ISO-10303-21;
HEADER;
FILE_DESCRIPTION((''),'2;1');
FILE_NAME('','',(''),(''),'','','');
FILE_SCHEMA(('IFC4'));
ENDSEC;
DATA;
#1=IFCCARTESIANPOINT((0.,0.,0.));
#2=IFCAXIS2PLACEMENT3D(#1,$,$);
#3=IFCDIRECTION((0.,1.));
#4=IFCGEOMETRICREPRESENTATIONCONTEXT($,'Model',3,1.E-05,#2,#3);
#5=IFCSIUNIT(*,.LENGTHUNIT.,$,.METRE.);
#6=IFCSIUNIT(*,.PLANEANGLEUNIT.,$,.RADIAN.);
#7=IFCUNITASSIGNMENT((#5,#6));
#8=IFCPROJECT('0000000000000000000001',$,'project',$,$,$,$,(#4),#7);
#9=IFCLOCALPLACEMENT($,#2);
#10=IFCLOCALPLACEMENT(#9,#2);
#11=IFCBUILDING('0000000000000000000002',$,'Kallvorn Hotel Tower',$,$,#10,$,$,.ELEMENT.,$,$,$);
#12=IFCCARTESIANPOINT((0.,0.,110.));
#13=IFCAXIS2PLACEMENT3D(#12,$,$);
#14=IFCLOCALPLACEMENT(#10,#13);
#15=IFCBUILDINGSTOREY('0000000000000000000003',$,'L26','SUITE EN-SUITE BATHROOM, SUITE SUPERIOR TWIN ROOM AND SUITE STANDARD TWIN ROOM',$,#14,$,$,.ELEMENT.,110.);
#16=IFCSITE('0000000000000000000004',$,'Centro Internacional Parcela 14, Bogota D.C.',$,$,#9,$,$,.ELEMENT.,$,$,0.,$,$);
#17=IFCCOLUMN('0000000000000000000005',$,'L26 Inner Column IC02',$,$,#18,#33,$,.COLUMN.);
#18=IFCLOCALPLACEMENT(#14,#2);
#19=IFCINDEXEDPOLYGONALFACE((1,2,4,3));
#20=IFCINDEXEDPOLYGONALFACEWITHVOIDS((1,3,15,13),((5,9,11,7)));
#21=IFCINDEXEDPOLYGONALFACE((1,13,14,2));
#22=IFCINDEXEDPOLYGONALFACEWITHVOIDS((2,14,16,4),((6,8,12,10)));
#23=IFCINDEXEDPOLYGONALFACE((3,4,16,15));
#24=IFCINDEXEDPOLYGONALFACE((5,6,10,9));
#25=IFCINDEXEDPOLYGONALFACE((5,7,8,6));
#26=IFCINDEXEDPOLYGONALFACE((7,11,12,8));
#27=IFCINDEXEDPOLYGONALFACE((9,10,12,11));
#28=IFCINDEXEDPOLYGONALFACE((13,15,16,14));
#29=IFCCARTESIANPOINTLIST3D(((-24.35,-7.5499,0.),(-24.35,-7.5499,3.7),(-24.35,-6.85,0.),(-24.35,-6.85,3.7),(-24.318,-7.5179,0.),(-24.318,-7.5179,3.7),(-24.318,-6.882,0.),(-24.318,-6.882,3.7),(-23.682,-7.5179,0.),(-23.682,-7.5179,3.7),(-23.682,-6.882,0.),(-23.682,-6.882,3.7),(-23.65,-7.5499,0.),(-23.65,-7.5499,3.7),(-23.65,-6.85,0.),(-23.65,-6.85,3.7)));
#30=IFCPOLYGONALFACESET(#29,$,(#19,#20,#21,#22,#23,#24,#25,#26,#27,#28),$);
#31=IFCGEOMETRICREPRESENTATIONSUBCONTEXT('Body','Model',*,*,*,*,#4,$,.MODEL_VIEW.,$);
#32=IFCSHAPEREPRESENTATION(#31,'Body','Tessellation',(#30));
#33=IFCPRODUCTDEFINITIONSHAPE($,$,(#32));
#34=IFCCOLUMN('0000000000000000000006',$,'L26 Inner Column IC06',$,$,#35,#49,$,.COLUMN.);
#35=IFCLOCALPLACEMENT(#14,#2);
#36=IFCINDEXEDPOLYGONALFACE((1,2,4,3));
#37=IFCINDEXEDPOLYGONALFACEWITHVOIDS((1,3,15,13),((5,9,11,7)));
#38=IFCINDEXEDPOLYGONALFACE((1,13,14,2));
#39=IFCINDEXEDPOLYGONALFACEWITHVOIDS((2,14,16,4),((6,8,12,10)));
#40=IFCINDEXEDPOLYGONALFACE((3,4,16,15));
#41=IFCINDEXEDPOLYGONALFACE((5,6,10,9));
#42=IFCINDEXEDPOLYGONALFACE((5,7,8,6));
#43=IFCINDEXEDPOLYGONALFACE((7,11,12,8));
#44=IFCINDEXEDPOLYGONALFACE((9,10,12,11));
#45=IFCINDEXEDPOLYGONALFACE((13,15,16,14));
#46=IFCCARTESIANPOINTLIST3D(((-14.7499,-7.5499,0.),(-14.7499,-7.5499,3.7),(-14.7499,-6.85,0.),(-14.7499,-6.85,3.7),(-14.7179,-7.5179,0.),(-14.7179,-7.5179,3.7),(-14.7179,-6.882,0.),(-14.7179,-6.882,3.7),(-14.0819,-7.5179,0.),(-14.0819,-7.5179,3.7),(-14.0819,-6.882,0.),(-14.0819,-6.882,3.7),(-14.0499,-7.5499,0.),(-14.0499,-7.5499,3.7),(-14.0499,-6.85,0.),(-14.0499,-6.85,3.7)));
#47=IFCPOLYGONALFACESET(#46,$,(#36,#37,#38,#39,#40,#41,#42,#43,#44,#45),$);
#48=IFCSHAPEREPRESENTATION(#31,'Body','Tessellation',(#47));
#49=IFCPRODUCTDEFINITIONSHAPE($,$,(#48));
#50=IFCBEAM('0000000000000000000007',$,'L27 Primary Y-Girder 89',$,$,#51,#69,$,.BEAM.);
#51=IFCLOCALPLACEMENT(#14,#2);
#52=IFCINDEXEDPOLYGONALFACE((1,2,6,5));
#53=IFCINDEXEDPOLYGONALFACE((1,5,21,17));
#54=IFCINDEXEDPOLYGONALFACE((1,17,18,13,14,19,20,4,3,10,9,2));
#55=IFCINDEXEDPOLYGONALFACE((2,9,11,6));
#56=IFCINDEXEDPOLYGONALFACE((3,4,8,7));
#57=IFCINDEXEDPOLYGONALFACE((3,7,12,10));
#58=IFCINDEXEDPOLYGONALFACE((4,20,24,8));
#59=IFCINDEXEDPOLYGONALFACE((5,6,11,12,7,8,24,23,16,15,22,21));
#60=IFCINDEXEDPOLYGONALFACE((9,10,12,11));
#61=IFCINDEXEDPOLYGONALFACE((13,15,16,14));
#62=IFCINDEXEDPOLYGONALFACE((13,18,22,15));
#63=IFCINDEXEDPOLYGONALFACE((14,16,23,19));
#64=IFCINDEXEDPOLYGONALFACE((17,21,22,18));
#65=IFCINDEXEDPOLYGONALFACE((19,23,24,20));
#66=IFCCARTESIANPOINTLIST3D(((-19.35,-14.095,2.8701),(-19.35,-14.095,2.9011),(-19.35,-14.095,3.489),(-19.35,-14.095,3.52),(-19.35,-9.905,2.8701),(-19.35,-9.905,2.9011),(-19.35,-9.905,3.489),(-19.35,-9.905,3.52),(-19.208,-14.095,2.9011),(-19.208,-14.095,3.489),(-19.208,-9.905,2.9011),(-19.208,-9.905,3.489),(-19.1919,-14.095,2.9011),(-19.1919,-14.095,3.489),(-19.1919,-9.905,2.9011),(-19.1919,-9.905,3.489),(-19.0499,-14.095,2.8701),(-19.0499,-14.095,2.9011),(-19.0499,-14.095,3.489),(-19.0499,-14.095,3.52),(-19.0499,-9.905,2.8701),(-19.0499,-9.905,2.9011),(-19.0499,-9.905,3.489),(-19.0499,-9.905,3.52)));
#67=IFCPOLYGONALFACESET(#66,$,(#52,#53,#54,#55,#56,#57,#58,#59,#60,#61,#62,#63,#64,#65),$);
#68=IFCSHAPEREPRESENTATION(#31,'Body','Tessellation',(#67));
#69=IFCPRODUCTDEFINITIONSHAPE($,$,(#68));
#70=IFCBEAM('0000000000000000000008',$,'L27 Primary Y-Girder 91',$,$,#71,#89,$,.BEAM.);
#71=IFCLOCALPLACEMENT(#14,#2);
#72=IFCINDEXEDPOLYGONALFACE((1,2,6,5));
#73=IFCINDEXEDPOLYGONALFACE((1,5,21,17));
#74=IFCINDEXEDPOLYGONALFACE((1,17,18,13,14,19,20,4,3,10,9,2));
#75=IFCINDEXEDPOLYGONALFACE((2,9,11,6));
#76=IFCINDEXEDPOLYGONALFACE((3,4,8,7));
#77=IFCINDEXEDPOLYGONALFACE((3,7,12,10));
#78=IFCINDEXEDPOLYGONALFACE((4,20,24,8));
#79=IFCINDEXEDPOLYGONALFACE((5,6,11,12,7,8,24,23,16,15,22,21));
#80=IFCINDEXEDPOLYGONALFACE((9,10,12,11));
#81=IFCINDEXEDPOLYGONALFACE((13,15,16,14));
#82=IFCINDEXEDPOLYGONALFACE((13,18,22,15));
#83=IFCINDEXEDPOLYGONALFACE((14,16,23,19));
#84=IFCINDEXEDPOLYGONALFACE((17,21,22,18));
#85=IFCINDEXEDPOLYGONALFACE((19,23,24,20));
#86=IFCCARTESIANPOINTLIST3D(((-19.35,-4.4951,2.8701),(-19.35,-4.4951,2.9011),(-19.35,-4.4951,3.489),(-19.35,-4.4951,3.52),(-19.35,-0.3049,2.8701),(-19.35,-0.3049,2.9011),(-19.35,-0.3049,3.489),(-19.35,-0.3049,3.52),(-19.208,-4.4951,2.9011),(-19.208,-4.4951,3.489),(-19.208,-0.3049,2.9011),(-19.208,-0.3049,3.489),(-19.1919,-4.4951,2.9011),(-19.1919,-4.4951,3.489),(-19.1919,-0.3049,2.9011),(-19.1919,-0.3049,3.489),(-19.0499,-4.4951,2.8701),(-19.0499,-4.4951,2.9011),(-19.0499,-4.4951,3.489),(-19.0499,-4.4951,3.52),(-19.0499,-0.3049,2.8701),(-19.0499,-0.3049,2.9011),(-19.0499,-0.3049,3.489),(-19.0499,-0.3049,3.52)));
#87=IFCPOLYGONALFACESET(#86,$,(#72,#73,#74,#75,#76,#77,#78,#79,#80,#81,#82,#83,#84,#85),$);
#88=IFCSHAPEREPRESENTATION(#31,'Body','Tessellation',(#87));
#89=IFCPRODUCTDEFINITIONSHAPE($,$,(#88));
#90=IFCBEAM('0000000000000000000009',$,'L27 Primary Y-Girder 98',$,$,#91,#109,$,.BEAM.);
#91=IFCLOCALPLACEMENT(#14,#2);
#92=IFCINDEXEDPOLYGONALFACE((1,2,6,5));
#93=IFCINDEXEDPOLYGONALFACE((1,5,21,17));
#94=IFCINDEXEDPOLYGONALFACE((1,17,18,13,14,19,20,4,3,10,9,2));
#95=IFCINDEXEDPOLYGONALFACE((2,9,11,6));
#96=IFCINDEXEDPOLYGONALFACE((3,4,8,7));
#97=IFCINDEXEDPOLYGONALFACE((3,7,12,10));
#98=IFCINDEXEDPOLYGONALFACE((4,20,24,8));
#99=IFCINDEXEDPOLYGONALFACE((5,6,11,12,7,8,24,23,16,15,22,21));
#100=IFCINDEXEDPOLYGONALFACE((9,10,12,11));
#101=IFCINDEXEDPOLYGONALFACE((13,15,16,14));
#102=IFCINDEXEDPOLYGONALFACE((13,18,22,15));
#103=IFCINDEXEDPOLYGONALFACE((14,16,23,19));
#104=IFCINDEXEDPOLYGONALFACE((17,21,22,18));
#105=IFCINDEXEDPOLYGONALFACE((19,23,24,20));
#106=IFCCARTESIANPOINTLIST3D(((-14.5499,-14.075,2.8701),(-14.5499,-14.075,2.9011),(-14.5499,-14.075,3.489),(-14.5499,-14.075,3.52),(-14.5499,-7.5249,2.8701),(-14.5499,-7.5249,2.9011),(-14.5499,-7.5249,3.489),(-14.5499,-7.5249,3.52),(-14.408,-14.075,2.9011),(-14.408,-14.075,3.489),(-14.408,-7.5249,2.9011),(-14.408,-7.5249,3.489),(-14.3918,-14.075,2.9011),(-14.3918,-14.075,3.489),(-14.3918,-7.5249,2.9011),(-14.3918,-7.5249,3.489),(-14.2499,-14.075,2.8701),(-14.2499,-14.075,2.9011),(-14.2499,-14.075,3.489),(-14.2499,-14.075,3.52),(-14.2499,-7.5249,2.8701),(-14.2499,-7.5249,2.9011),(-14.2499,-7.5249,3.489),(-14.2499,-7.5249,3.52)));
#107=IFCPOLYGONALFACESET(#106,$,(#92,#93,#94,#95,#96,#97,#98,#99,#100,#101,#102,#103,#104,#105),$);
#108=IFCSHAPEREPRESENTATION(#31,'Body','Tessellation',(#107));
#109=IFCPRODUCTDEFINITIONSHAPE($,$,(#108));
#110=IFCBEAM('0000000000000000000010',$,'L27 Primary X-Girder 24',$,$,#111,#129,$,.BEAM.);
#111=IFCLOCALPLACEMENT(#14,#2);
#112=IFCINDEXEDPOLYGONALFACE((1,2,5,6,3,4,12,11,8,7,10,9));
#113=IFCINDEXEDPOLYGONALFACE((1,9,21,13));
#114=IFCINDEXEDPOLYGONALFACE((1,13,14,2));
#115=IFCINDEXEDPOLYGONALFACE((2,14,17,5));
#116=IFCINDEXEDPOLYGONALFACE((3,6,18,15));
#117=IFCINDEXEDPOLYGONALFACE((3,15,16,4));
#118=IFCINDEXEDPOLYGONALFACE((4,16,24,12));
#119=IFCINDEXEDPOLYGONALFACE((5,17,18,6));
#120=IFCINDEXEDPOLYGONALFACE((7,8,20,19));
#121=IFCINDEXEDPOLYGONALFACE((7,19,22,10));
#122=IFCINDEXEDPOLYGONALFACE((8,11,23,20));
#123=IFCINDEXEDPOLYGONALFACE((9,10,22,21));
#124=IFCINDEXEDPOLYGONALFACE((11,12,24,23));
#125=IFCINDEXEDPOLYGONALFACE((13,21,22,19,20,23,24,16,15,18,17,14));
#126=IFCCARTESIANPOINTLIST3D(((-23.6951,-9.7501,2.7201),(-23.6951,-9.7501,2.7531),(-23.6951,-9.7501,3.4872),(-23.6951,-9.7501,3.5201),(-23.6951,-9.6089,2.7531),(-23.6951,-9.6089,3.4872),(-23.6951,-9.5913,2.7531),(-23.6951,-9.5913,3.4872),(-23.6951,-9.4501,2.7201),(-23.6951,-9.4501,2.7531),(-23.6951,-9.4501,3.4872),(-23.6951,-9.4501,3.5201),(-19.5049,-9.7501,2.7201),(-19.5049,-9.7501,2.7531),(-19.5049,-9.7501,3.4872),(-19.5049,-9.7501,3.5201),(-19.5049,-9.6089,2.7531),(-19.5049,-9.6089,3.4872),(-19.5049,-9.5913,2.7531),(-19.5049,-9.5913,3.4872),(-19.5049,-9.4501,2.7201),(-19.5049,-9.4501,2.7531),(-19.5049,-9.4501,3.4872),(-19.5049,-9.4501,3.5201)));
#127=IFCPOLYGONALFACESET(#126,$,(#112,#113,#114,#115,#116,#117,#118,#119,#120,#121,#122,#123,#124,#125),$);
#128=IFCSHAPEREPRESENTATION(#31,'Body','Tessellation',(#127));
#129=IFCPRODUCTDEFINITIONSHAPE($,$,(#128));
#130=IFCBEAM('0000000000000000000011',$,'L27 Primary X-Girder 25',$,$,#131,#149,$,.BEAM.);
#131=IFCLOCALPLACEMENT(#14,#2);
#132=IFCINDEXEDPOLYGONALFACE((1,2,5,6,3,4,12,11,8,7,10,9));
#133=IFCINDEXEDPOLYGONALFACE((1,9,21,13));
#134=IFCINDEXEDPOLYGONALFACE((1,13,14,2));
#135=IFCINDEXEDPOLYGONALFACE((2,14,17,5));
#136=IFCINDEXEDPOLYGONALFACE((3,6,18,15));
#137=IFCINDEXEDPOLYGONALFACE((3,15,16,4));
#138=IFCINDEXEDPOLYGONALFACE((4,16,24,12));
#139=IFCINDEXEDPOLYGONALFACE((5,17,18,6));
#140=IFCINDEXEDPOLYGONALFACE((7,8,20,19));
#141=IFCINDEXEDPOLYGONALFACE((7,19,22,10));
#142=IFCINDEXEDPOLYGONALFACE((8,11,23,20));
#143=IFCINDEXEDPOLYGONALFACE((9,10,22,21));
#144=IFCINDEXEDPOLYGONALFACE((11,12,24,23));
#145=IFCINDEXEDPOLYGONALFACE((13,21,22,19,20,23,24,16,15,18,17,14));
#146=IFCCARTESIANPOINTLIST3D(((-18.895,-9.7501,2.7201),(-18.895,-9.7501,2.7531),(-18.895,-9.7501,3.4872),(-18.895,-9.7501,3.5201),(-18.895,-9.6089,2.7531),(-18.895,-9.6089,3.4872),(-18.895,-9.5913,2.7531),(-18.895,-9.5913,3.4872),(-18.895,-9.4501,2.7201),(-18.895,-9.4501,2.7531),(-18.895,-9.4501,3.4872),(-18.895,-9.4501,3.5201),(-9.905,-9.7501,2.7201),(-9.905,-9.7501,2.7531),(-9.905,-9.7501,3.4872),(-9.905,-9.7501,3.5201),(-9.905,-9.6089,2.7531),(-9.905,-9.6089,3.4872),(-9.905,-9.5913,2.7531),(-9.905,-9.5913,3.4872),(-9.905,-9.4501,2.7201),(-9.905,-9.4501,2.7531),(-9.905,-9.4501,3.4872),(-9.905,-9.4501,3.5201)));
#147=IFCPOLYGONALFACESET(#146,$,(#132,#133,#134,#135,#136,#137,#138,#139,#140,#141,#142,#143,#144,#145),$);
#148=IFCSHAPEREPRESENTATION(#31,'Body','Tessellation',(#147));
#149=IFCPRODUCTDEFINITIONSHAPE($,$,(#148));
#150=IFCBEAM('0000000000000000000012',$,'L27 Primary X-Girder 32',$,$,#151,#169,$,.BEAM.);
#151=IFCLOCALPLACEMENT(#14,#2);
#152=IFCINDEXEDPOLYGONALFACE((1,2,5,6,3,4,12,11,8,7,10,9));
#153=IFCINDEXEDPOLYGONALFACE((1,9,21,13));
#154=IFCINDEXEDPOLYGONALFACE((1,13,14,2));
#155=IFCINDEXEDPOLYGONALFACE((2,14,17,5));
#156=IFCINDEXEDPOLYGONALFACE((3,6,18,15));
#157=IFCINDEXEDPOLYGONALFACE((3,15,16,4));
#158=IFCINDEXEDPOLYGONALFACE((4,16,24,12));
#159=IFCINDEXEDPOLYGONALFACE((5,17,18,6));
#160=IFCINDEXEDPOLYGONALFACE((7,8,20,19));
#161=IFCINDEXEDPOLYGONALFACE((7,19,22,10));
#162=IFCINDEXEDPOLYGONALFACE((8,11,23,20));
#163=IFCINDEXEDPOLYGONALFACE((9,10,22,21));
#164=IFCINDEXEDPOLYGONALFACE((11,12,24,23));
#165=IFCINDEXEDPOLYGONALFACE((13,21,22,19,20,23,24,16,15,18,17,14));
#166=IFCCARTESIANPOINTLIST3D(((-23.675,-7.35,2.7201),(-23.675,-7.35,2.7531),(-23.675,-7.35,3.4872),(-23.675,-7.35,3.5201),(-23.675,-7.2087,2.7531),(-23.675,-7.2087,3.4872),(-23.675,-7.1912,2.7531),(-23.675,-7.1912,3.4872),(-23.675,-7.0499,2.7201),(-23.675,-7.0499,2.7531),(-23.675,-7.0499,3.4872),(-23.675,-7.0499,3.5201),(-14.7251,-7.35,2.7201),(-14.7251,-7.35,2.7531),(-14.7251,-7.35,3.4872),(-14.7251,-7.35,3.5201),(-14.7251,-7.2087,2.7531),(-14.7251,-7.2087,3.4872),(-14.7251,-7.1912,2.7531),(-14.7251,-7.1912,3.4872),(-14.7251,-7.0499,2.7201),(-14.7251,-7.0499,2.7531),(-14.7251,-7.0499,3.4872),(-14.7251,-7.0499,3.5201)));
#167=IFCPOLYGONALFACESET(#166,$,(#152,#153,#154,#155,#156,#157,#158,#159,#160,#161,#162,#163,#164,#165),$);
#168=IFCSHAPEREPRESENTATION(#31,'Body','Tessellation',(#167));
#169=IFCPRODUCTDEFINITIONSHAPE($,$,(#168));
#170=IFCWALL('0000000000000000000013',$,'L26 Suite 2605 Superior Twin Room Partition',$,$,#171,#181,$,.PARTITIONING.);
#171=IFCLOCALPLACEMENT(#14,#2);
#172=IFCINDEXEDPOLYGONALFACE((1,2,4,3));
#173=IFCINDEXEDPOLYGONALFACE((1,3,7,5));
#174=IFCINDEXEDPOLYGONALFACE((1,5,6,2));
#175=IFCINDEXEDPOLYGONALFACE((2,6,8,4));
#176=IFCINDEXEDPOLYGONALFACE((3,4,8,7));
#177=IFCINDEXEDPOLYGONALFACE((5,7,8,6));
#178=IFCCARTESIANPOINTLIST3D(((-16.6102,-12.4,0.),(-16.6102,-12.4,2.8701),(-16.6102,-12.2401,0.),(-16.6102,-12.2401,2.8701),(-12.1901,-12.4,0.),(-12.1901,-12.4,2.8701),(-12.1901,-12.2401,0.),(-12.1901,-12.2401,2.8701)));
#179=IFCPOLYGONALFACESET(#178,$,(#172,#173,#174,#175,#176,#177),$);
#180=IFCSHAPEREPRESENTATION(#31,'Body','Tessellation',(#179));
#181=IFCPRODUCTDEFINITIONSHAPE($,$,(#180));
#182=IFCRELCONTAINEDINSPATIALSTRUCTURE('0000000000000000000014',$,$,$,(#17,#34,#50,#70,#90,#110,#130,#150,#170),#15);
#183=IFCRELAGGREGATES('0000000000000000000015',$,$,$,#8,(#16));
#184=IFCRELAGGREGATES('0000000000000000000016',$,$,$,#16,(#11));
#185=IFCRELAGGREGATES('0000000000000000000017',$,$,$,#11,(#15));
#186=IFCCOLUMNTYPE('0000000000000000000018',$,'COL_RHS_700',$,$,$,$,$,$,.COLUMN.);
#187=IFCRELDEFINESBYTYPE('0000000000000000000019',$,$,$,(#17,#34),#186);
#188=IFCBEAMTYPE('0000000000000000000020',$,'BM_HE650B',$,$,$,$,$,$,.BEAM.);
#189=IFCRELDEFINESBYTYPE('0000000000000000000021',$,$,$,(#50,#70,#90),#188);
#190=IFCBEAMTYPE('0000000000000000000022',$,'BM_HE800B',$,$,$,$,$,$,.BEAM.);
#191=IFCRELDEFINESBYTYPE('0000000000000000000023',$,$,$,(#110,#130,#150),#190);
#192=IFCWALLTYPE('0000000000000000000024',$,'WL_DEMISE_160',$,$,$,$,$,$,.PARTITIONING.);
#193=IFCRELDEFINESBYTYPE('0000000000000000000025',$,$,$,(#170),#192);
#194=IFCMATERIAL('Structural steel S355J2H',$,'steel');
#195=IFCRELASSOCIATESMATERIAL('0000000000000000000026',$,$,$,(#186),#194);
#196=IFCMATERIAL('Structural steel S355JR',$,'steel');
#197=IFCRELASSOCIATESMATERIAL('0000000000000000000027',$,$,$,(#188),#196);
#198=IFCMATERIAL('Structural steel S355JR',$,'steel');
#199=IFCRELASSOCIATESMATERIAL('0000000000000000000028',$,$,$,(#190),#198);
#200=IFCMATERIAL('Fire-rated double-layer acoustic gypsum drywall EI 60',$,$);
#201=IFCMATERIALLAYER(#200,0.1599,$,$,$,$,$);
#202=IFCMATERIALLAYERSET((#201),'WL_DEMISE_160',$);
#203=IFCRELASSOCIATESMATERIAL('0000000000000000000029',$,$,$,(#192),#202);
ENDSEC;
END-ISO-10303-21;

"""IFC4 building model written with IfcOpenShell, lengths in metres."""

from ifc_helpers import new_model, si_unit, direction, frame, frame_2d, origin, origin_2d, place, context, subcontext, project, spatial, rectangle, hollow_rectangle, i_section, extrude, material, layer, layer_set, material_profile, profile_set, type_object, element, save


model = new_model("IFC4")

# Units and contexts
model_context = context("Model", 3, precision=1e-05, world=origin(), true_north=direction((0.0, 1.0)))
body_context = subcontext(model_context, "Body", "Model", "MODEL_VIEW")
ifc_project = project(units=[si_unit("LENGTHUNIT", "METRE"), si_unit("PLANEANGLEUNIT", "RADIAN")], contexts=[model_context])

# Site, building, storey
site_placement = place(None, origin())
site = spatial("IfcSite", under=ifc_project, at=site_placement, Name="Centro Internacional Parcela 14, Bogota D.C.", CompositionType="ELEMENT", RefElevation=0.0)
building_placement = place(site_placement, origin())
building = spatial("IfcBuilding", under=site, at=building_placement, Name="Kallvorn Hotel Tower", CompositionType="ELEMENT")
storey_placement = place(building_placement, frame((0.0, 0.0, 110.0)))
storey = spatial("IfcBuildingStorey", under=building, at=storey_placement, Name="L26", Description="SUITE EN-SUITE BATHROOM, SUITE SUPERIOR TWIN ROOM AND SUITE STANDARD TWIN ROOM", CompositionType="ELEMENT", Elevation=110.0)

# Columns
ifc_material_1 = material(Name="Structural steel S355J2H", Category="steel")
ifc_material_profile_1 = material_profile(ifc_material_1, hollow_rectangle(XDim=0.7, YDim=0.7, WallThickness=0.032, at=origin_2d()), Name="RHS 700x700x32")
ifc_profile_set_1 = profile_set([ifc_material_profile_1], Name="Structural steel S355J2H")
column_type_1 = type_object("IfcColumnType", Name="COL_RHS_700", PredefinedType="COLUMN", material=ifc_profile_set_1)
for number, where, z_axis, x_axis, name in (
    (1, (-24.0, -7.2, 0.0), (0.0, 0.0, 1.0), (1.0, 0.0, 0.0), "L26 Inner Column IC02"),
    (2, (-14.3999, -7.2, 0.0), (0.0, 0.0, 1.0), (1.0, 0.0, 0.0), "L26 Inner Column IC06"),
):
    element("IfcColumn", number, at=place(storey_placement, frame(where, z_axis=z_axis, x_axis=x_axis)), inside=storey, type_object=column_type_1, Name=name, PredefinedType="COLUMN", context=body_context, shape_type="SweptSolid", body=[
        extrude(hollow_rectangle(XDim=0.7, YDim=0.7, WallThickness=0.032, at=origin_2d()), origin(), (0.0, 0.0, 1.0), 3.7),
    ])

# Beams
ifc_material_2 = material(Name="Structural steel S355JR", Category="steel")
ifc_material_profile_2 = material_profile(ifc_material_2, i_section(OverallWidth=0.3, OverallDepth=0.6499, WebThickness=0.0161, FlangeThickness=0.031, at=origin_2d()), Name="HE 650 B")
ifc_profile_set_2 = profile_set([ifc_material_profile_2], Name="Structural steel S355JR")
beam_type_1 = type_object("IfcBeamType", Name="BM_HE650B", PredefinedType="BEAM", material=ifc_profile_set_2)
beam_1_placement = place(storey_placement, frame((-19.2, -14.095, 3.1951), z_axis=(0.0, 1.0, 0.0), x_axis=(-1.0, 0.0, 0.0)))
element("IfcBeam", 3, at=beam_1_placement, inside=storey, type_object=beam_type_1, Name="L27 Primary Y-Girder 89", PredefinedType="BEAM", context=body_context, shape_type="SweptSolid", body=[
    extrude(i_section(OverallWidth=0.3, OverallDepth=0.6499, WebThickness=0.0161, FlangeThickness=0.031, at=origin_2d()), origin(), (0.0, 0.0, 1.0), 4.1899),
])
beam_2_placement = place(storey_placement, frame((-19.2, -4.4951, 3.1951), z_axis=(0.0, 1.0, 0.0), x_axis=(-1.0, 0.0, 0.0)))
element("IfcBeam", 4, at=beam_2_placement, inside=storey, type_object=beam_type_1, Name="L27 Primary Y-Girder 91", PredefinedType="BEAM", context=body_context, shape_type="SweptSolid", body=[
    extrude(i_section(OverallWidth=0.3, OverallDepth=0.6499, WebThickness=0.0161, FlangeThickness=0.031, at=origin_2d()), origin(), (0.0, 0.0, 1.0), 4.1902),
])
beam_3_placement = place(storey_placement, frame((-14.3999, -14.075, 3.1951), z_axis=(0.0, 1.0, 0.0), x_axis=(-1.0, 0.0, 0.0)))
element("IfcBeam", 5, at=beam_3_placement, inside=storey, type_object=beam_type_1, Name="L27 Primary Y-Girder 98", PredefinedType="BEAM", context=body_context, shape_type="SweptSolid", body=[
    extrude(i_section(OverallWidth=0.3, OverallDepth=0.6499, WebThickness=0.0161, FlangeThickness=0.031, at=origin_2d()), origin(), (0.0, 0.0, 1.0), 6.55),
])
ifc_material_3 = material(Name="Structural steel S355JR", Category="steel")
ifc_material_profile_3 = material_profile(ifc_material_3, i_section(OverallWidth=0.3, OverallDepth=0.8, WebThickness=0.0176, FlangeThickness=0.033, at=origin_2d()), Name="HE 800 B")
ifc_profile_set_3 = profile_set([ifc_material_profile_3], Name="Structural steel S355JR")
beam_type_2 = type_object("IfcBeamType", Name="BM_HE800B", PredefinedType="BEAM", material=ifc_profile_set_3)
beam_4_placement = place(storey_placement, frame((-23.6951, -9.6001, 3.1201), z_axis=(1.0, 0.0, 0.0), x_axis=(0.0, 1.0, 0.0)))
element("IfcBeam", 6, at=beam_4_placement, inside=storey, type_object=beam_type_2, Name="L27 Primary X-Girder 24", PredefinedType="BEAM", context=body_context, shape_type="SweptSolid", body=[
    extrude(i_section(OverallWidth=0.3, OverallDepth=0.8, WebThickness=0.0176, FlangeThickness=0.033, at=origin_2d()), origin(), (0.0, 0.0, 1.0), 4.1902),
])
beam_5_placement = place(storey_placement, frame((-18.895, -9.6001, 3.1201), z_axis=(1.0, 0.0, 0.0), x_axis=(0.0, 1.0, 0.0)))
element("IfcBeam", 7, at=beam_5_placement, inside=storey, type_object=beam_type_2, Name="L27 Primary X-Girder 25", PredefinedType="BEAM", context=body_context, shape_type="SweptSolid", body=[
    extrude(i_section(OverallWidth=0.3, OverallDepth=0.8, WebThickness=0.0176, FlangeThickness=0.033, at=origin_2d()), origin(), (0.0, 0.0, 1.0), 8.99),
])
beam_6_placement = place(storey_placement, frame((-23.675, -7.2, 3.1201), z_axis=(1.0, 0.0, 0.0), x_axis=(0.0, 1.0, 0.0)))
element("IfcBeam", 8, at=beam_6_placement, inside=storey, type_object=beam_type_2, Name="L27 Primary X-Girder 32", PredefinedType="BEAM", context=body_context, shape_type="SweptSolid", body=[
    extrude(i_section(OverallWidth=0.3, OverallDepth=0.8, WebThickness=0.0176, FlangeThickness=0.033, at=origin_2d()), origin(), (0.0, 0.0, 1.0), 8.95),
])

# Wall
ifc_material_4 = material(Name="Fire-rated double-layer acoustic gypsum drywall EI 60")
ifc_layer = layer(ifc_material_4, 0.1599)
ifc_layer_set = layer_set([ifc_layer], Name="WL_DEMISE_160")
wall_type = type_object("IfcWallType", Name="WL_DEMISE_160", PredefinedType="PARTITIONING", material=ifc_layer_set)
wall_1_placement = place(storey_placement, frame((-16.6101, -12.3201, 0.0), z_axis=(0.0, 0.0, 1.0), x_axis=(1.0, 0.0, 0.0)))
element("IfcWall", 9, at=wall_1_placement, inside=storey, type_object=wall_type, Name="L26 Suite 2605 Superior Twin Room Partition", PredefinedType="PARTITIONING", context=body_context, shape_type="SweptSolid", body=[
    extrude(rectangle(XDim=4.4202, YDim=0.1599, at=frame_2d((2.21, 0.0))), origin(), (0.0, 0.0, 1.0), 2.8701),
])

save(model, "model.ifc")
